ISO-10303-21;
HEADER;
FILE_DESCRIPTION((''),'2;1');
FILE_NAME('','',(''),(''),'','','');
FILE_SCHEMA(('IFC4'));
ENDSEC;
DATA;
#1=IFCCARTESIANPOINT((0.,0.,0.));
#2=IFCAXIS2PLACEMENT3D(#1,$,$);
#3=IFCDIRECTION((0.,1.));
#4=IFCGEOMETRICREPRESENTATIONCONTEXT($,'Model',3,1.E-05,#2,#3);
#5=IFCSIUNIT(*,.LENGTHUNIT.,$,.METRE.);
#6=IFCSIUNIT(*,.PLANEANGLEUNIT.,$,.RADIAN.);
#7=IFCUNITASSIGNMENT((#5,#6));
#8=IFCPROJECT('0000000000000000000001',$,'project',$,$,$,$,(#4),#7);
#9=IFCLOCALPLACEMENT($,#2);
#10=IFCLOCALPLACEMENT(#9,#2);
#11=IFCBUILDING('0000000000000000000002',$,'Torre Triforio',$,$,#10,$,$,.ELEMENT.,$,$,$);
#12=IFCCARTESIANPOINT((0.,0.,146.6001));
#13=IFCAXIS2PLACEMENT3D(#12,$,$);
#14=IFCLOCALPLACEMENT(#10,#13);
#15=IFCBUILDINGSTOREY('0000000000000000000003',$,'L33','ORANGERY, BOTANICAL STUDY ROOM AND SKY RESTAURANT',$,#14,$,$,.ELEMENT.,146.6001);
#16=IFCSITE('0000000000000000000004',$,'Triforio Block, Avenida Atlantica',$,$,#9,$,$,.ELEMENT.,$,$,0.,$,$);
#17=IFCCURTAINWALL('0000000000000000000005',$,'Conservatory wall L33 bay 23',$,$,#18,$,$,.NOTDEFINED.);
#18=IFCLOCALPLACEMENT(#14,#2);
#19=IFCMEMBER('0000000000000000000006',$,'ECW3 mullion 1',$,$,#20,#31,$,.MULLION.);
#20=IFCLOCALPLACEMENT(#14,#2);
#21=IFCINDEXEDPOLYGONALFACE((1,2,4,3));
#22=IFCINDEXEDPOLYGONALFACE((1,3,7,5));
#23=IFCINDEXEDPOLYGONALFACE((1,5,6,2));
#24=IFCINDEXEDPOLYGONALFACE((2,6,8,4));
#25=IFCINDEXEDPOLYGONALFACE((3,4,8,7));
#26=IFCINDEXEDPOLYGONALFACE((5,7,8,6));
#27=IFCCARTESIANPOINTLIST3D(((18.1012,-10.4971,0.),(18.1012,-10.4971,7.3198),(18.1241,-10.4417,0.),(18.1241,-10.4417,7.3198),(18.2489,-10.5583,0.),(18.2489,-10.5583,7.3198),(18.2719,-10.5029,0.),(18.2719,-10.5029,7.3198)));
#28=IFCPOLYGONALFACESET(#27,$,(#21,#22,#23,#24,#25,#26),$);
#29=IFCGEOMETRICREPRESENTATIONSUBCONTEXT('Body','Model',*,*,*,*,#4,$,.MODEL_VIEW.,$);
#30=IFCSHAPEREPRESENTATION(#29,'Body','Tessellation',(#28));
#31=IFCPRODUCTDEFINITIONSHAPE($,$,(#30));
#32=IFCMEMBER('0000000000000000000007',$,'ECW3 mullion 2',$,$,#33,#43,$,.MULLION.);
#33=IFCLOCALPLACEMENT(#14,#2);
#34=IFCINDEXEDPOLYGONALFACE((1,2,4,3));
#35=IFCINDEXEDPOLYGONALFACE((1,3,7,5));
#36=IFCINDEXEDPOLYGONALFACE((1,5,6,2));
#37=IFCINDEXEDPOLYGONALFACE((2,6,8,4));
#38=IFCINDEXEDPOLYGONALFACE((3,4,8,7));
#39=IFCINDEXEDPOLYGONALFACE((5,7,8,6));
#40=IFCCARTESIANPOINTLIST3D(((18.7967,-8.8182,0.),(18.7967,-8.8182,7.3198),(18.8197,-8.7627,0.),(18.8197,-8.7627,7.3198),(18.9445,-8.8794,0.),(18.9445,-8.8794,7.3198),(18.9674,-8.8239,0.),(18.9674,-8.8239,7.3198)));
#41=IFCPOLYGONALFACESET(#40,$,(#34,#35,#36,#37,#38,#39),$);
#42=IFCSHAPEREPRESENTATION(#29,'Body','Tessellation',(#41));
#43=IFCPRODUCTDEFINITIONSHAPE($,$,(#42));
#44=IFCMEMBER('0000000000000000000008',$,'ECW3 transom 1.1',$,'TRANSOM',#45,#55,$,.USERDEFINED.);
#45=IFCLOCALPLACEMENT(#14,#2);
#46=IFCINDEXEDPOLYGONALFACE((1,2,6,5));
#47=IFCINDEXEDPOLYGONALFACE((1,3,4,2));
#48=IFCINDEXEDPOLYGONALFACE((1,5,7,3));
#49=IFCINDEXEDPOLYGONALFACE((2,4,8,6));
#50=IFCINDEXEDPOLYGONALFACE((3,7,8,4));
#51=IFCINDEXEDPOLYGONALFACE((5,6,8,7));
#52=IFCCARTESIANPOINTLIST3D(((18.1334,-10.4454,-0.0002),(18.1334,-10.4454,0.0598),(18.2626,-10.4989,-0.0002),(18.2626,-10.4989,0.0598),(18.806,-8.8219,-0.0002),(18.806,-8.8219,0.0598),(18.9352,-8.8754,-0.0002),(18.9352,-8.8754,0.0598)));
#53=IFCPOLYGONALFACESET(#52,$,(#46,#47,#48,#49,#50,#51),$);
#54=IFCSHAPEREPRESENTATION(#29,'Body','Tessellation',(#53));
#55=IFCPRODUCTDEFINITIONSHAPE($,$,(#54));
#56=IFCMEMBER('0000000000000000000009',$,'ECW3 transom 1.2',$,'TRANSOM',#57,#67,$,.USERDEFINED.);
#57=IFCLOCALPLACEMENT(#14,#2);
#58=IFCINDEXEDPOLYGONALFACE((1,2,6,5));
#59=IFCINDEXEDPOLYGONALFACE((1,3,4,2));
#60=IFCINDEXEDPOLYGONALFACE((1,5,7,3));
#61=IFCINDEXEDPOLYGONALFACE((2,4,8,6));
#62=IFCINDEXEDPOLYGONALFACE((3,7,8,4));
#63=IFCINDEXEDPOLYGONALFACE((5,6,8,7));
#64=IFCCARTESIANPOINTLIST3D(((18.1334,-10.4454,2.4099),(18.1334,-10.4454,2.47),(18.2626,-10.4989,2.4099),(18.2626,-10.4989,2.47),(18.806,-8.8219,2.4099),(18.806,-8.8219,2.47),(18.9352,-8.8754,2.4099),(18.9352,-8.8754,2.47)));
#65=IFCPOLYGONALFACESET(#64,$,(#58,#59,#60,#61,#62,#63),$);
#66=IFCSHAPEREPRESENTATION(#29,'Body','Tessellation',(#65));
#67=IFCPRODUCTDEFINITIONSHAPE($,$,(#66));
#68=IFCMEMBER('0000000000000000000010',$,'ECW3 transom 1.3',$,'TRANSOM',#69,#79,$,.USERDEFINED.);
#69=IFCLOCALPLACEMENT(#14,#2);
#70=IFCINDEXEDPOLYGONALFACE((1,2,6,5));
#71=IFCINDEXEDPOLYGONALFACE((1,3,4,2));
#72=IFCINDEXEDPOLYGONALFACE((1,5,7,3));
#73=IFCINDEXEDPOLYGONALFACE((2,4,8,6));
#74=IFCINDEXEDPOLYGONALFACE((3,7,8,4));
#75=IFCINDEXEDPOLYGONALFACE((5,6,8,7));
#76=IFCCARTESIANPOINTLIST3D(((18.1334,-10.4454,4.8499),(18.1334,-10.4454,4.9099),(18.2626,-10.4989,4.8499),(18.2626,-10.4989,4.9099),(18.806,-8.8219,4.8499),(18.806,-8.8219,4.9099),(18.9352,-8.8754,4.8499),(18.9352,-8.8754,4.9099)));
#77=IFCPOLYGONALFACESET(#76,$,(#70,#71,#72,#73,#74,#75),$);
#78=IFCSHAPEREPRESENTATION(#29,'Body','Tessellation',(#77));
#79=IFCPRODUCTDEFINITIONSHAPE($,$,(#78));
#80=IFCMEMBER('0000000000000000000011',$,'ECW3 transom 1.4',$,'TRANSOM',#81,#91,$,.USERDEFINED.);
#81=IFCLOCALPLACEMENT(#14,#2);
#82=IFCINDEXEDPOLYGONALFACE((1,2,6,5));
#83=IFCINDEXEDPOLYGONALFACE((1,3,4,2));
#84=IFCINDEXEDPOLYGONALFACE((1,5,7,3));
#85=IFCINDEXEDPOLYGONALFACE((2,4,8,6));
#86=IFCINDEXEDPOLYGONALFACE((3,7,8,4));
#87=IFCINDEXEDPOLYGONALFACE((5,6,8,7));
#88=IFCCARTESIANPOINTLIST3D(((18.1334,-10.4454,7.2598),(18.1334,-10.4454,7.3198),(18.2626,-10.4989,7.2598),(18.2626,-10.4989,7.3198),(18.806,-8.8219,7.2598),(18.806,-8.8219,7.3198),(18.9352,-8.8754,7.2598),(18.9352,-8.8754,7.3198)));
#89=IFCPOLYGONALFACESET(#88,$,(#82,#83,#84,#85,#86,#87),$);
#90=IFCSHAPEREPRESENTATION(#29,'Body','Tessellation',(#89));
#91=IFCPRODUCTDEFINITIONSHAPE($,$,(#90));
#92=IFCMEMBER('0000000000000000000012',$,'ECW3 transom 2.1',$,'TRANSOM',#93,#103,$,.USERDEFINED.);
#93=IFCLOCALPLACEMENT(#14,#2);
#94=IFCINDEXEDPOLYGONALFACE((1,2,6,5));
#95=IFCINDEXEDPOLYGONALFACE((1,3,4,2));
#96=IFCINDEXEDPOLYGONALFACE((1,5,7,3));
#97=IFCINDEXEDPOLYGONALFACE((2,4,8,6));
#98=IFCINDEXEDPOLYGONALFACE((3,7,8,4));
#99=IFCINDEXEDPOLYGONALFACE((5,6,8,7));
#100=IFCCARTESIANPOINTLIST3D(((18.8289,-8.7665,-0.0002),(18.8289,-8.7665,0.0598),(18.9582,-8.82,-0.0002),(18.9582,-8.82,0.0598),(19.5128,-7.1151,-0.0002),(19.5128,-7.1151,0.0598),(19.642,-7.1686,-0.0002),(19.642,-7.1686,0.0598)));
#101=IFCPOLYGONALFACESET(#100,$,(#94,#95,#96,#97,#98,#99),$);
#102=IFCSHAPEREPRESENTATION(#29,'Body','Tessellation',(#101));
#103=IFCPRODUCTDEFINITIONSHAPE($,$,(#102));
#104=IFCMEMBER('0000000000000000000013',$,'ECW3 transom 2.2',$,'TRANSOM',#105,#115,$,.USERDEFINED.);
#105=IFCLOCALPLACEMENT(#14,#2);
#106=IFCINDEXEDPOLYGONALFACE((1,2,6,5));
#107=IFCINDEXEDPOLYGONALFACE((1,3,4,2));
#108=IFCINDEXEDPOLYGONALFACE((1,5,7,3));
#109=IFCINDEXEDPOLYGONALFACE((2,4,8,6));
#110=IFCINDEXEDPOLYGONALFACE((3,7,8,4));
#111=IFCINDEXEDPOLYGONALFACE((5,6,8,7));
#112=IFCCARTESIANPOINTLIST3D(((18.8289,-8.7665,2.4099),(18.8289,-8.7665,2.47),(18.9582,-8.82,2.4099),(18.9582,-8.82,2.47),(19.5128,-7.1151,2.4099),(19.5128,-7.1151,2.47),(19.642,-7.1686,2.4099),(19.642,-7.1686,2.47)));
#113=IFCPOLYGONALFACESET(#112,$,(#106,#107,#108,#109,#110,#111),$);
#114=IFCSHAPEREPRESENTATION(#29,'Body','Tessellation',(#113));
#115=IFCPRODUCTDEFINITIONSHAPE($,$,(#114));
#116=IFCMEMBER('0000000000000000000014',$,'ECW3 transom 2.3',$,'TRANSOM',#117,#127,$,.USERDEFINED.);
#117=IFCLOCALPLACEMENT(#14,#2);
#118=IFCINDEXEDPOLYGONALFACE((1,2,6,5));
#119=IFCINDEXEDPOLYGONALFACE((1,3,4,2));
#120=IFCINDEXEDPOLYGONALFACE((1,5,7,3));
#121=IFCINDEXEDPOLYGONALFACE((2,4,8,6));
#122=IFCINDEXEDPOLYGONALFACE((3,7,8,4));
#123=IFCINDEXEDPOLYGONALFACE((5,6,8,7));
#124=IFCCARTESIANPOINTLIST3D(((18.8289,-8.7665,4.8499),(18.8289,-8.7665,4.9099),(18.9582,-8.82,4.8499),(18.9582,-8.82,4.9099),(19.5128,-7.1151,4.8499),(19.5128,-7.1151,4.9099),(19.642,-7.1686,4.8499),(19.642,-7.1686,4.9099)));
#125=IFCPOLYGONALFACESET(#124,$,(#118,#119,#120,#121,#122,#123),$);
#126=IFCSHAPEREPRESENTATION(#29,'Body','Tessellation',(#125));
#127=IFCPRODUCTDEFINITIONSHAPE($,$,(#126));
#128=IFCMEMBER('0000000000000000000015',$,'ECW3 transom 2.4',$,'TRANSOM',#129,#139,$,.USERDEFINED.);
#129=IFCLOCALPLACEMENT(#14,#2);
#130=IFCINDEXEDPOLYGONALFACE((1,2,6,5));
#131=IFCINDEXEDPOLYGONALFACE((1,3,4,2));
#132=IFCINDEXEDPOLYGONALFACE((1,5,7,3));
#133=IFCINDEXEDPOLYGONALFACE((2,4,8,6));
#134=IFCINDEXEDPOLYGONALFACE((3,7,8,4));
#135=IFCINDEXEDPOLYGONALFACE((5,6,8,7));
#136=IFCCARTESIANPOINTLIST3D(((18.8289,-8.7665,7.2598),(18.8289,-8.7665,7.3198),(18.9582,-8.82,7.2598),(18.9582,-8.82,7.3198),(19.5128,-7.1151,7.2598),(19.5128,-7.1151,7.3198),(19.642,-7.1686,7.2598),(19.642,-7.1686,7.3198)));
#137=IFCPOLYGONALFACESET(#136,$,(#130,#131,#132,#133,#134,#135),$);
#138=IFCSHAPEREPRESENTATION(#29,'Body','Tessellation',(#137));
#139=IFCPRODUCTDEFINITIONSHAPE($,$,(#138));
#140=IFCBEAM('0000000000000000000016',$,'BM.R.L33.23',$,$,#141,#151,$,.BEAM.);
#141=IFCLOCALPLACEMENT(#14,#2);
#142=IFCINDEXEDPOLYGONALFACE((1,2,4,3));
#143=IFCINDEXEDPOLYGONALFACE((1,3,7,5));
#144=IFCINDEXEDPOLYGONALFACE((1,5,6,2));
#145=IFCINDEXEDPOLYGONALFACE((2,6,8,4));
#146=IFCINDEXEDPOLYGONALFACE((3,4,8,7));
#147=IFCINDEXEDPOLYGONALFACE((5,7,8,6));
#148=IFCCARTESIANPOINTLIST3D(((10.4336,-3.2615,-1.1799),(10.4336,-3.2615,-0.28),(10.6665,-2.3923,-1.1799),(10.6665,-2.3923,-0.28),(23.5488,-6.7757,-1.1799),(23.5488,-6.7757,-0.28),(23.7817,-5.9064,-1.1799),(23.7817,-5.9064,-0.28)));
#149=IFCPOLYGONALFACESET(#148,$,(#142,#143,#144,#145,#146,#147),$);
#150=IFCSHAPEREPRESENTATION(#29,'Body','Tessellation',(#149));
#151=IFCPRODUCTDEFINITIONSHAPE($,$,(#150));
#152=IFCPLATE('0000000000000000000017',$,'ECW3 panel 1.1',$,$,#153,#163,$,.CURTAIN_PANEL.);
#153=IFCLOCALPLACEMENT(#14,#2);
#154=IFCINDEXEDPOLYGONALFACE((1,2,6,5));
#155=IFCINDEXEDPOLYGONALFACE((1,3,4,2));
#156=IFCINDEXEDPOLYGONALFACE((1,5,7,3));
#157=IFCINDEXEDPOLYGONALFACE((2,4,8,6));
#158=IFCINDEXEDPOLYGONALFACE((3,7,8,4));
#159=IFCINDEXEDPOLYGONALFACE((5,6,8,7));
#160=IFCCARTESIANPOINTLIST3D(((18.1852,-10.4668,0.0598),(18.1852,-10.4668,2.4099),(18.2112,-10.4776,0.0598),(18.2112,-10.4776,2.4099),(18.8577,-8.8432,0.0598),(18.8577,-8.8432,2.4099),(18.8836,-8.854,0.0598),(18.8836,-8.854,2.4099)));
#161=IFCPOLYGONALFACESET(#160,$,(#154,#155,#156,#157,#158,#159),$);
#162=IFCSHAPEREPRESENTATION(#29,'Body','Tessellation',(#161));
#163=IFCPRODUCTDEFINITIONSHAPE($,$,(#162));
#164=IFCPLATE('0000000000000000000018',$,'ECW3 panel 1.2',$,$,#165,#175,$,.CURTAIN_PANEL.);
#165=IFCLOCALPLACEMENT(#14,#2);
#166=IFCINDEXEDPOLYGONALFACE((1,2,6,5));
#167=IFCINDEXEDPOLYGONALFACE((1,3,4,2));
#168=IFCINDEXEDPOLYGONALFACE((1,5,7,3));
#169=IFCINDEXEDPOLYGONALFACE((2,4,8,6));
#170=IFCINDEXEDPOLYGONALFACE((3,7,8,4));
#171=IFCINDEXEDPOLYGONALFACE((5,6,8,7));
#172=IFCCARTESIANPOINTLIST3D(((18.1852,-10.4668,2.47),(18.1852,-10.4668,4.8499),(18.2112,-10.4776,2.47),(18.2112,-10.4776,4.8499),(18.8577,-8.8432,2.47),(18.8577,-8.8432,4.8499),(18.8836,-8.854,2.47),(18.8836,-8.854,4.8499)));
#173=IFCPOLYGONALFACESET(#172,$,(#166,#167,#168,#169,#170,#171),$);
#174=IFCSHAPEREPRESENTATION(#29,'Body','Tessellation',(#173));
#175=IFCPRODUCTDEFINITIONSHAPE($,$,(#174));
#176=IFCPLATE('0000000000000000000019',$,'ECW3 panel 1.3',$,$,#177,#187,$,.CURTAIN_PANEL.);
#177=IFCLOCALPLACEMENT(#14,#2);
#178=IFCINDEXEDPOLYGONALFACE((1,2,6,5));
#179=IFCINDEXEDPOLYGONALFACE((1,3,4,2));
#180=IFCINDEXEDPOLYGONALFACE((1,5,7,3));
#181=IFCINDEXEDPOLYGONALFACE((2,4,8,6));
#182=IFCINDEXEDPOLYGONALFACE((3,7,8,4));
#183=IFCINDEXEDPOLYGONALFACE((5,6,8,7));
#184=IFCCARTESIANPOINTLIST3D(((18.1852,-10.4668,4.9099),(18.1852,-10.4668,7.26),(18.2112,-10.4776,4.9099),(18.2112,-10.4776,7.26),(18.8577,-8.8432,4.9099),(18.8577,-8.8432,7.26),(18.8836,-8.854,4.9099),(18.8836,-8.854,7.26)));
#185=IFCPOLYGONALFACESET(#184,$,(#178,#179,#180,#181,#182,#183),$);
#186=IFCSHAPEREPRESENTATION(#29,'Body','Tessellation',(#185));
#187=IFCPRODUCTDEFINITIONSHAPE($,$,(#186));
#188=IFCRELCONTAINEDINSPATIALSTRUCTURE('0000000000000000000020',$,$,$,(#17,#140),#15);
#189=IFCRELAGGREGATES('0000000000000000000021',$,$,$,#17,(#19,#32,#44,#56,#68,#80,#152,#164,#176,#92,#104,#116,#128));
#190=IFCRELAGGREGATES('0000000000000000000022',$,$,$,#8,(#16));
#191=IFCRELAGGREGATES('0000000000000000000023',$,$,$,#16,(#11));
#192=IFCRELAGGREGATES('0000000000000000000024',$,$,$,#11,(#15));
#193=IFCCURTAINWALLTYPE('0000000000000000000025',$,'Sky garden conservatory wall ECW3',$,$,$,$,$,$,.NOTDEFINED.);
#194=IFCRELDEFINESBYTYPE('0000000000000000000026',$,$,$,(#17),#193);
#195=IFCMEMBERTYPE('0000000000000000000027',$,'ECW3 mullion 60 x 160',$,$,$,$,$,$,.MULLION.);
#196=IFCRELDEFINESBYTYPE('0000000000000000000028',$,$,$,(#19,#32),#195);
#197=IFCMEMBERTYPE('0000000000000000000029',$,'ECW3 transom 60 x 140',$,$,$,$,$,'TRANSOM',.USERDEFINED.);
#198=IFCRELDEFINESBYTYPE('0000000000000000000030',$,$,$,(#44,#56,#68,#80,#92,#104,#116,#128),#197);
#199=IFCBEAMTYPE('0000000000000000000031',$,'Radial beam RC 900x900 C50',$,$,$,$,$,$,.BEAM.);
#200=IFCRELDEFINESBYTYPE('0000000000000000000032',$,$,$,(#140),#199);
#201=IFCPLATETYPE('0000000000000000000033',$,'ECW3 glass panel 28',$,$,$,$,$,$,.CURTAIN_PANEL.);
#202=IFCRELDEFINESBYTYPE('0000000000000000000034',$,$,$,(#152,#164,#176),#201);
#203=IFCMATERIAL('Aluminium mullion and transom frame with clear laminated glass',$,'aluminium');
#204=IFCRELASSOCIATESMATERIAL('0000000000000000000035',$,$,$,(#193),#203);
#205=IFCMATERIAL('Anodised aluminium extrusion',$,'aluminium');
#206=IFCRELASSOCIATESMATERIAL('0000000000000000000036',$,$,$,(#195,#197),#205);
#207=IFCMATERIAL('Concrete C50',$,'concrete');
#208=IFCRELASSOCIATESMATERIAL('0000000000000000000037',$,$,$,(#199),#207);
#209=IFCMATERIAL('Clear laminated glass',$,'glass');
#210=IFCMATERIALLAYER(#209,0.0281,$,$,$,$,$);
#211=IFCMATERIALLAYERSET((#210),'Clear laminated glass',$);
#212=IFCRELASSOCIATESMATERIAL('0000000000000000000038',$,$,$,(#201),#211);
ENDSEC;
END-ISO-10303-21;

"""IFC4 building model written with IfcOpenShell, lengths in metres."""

from ifc_helpers import new_model, si_unit, direction, frame, origin, origin_2d, place, context, subcontext, project, spatial, rectangle, extrude, material, layer, layer_set, material_profile, profile_set, type_object, element, aggregate, save


model = new_model("IFC4")

# Units and contexts
model_context = context("Model", 3, precision=1e-05, world=origin(), true_north=direction((0.0, 1.0)))
body_context = subcontext(model_context, "Body", "Model", "MODEL_VIEW")
ifc_project = project(units=[si_unit("LENGTHUNIT", "METRE"), si_unit("PLANEANGLEUNIT", "RADIAN")], contexts=[model_context])

# Site, building, storey
site_placement = place(None, origin())
site = spatial("IfcSite", under=ifc_project, at=site_placement, Name="Triforio Block, Avenida Atlantica", CompositionType="ELEMENT", RefElevation=0.0)
building_placement = place(site_placement, origin())
building = spatial("IfcBuilding", under=site, at=building_placement, Name="Torre Triforio", CompositionType="ELEMENT")
storey_placement = place(building_placement, frame((0.0, 0.0, 146.6001)))
storey = spatial("IfcBuildingStorey", under=building, at=storey_placement, Name="L33", Description="ORANGERY, BOTANICAL STUDY ROOM AND SKY RESTAURANT", CompositionType="ELEMENT", Elevation=146.6001)

# Curtain wall, members
ifc_material_1 = material(Name="Aluminium mullion and transom frame with clear laminated glass", Category="aluminium")
curtain_wall_type = type_object("IfcCurtainWallType", Name="Sky garden conservatory wall ECW3", PredefinedType="NOTDEFINED", material=ifc_material_1)
curtain_wall_placement = place(storey_placement, origin())
curtain_wall = element("IfcCurtainWall", 1, at=curtain_wall_placement, inside=storey, type_object=curtain_wall_type, Name="Conservatory wall L33 bay 23", PredefinedType="NOTDEFINED")
ifc_material_2 = material(Name="Anodised aluminium extrusion", Category="aluminium")
ifc_material_profile_1 = material_profile(ifc_material_2, rectangle(XDim=0.1599, YDim=0.0601, at=origin_2d()), Name="ECW3 MULLION 60x160")
ifc_profile_set_1 = profile_set([ifc_material_profile_1], Name="Anodised aluminium extrusion")
member_type_1 = type_object("IfcMemberType", Name="ECW3 mullion 60 x 160", PredefinedType="MULLION", material=ifc_profile_set_1)
member_1_placement = place(storey_placement, frame((18.1865, -10.5, 0.0), z_axis=(0.0, 0.0, 1.0), x_axis=(-0.923883, 0.382675, 0.0)))
member_1 = element("IfcMember", 2, at=member_1_placement, type_object=member_type_1, Name="ECW3 mullion 1", PredefinedType="MULLION", context=body_context, shape_type="SweptSolid", body=[
    extrude(rectangle(XDim=0.1599, YDim=0.0601, at=origin_2d()), origin(), (0.0, 0.0, 1.0), 7.3198),
])
member_2_placement = place(storey_placement, frame((18.8821, -8.821, 0.0), z_axis=(0.0, 0.0, 1.0), x_axis=(-0.923883, 0.382675, 0.0)))
member_2 = element("IfcMember", 3, at=member_2_placement, type_object=member_type_1, Name="ECW3 mullion 2", PredefinedType="MULLION", context=body_context, shape_type="SweptSolid", body=[
    extrude(rectangle(XDim=0.1599, YDim=0.0601, at=origin_2d()), origin(), (0.0, 0.0, 1.0), 7.3198),
])
ifc_material_profile_2 = material_profile(ifc_material_2, rectangle(XDim=0.1399, YDim=0.0601, at=origin_2d()), Name="ECW3 TRANSOM 60x140")
ifc_profile_set_2 = profile_set([ifc_material_profile_2], Name="Anodised aluminium extrusion")
member_type_2 = type_object("IfcMemberType", Name="ECW3 transom 60 x 140", ElementType="TRANSOM", PredefinedType="USERDEFINED", material=ifc_profile_set_2)
member_3_placement = place(storey_placement, frame((18.198, -10.4722, 0.0298), z_axis=(0.38274, 0.923856, 0.0), x_axis=(-0.923856, 0.38274, 0.0)))
member_3 = element("IfcMember", 4, at=member_3_placement, type_object=member_type_2, Name="ECW3 transom 1.1", ObjectType="TRANSOM", PredefinedType="USERDEFINED", context=body_context, shape_type="SweptSolid", body=[
    extrude(rectangle(XDim=0.1399, YDim=0.0601, at=origin_2d()), origin(), (0.0, 0.0, 1.0), 1.7573),
])
member_4_placement = place(storey_placement, frame((18.198, -10.4722, 2.4399), z_axis=(0.38274, 0.923856, 0.0), x_axis=(-0.923856, 0.38274, 0.0)))
member_4 = element("IfcMember", 5, at=member_4_placement, type_object=member_type_2, Name="ECW3 transom 1.2", ObjectType="TRANSOM", PredefinedType="USERDEFINED", context=body_context, shape_type="SweptSolid", body=[
    extrude(rectangle(XDim=0.1399, YDim=0.0601, at=origin_2d()), origin(), (0.0, 0.0, 1.0), 1.7573),
])
member_5_placement = place(storey_placement, frame((18.198, -10.4722, 4.8799), z_axis=(0.38274, 0.923856, 0.0), x_axis=(-0.923856, 0.38274, 0.0)))
member_5 = element("IfcMember", 6, at=member_5_placement, type_object=member_type_2, Name="ECW3 transom 1.3", ObjectType="TRANSOM", PredefinedType="USERDEFINED", context=body_context, shape_type="SweptSolid", body=[
    extrude(rectangle(XDim=0.1399, YDim=0.0601, at=origin_2d()), origin(), (0.0, 0.0, 1.0), 1.7573),
])
member_6_placement = place(storey_placement, frame((18.198, -10.4722, 7.2898), z_axis=(0.38274, 0.923856, 0.0), x_axis=(-0.923856, 0.38274, 0.0)))
member_6 = element("IfcMember", 7, at=member_6_placement, type_object=member_type_2, Name="ECW3 transom 1.4", ObjectType="TRANSOM", PredefinedType="USERDEFINED", context=body_context, shape_type="SweptSolid", body=[
    extrude(rectangle(XDim=0.1399, YDim=0.0601, at=origin_2d()), origin(), (0.0, 0.0, 1.0), 1.7573),
])
member_7_placement = place(storey_placement, frame((18.8936, -8.7932, 0.0298), z_axis=(0.382597, 0.923915, 0.0), x_axis=(-0.923915, 0.382597, 0.0)))
member_7 = element("IfcMember", 8, at=member_7_placement, type_object=member_type_2, Name="ECW3 transom 2.1", ObjectType="TRANSOM", PredefinedType="USERDEFINED", context=body_context, shape_type="SweptSolid", body=[
    extrude(rectangle(XDim=0.1399, YDim=0.0601, at=origin_2d()), origin(), (0.0, 0.0, 1.0), 1.7874),
])
member_8_placement = place(storey_placement, frame((18.8936, -8.7932, 2.4399), z_axis=(0.382597, 0.923915, 0.0), x_axis=(-0.923915, 0.382597, 0.0)))
member_8 = element("IfcMember", 9, at=member_8_placement, type_object=member_type_2, Name="ECW3 transom 2.2", ObjectType="TRANSOM", PredefinedType="USERDEFINED", context=body_context, shape_type="SweptSolid", body=[
    extrude(rectangle(XDim=0.1399, YDim=0.0601, at=origin_2d()), origin(), (0.0, 0.0, 1.0), 1.7874),
])
member_9_placement = place(storey_placement, frame((18.8936, -8.7932, 4.8799), z_axis=(0.382597, 0.923915, 0.0), x_axis=(-0.923915, 0.382597, 0.0)))
member_9 = element("IfcMember", 10, at=member_9_placement, type_object=member_type_2, Name="ECW3 transom 2.3", ObjectType="TRANSOM", PredefinedType="USERDEFINED", context=body_context, shape_type="SweptSolid", body=[
    extrude(rectangle(XDim=0.1399, YDim=0.0601, at=origin_2d()), origin(), (0.0, 0.0, 1.0), 1.7874),
])
member_10_placement = place(storey_placement, frame((18.8936, -8.7932, 7.2898), z_axis=(0.382597, 0.923915, 0.0), x_axis=(-0.923915, 0.382597, 0.0)))
member_10 = element("IfcMember", 11, at=member_10_placement, type_object=member_type_2, Name="ECW3 transom 2.4", ObjectType="TRANSOM", PredefinedType="USERDEFINED", context=body_context, shape_type="SweptSolid", body=[
    extrude(rectangle(XDim=0.1399, YDim=0.0601, at=origin_2d()), origin(), (0.0, 0.0, 1.0), 1.7874),
])

# Beam
ifc_material_3 = material(Name="Concrete C50", Category="concrete")
ifc_material_profile_3 = material_profile(ifc_material_3, rectangle(XDim=0.8999, YDim=0.8999, at=origin_2d()), Name="RC 900x900")
ifc_profile_set_3 = profile_set([ifc_material_profile_3], Name="Concrete C50")
beam_type = type_object("IfcBeamType", Name="Radial beam RC 900x900 C50", PredefinedType="BEAM", material=ifc_profile_set_3)
beam_placement = place(storey_placement, frame((10.55, -2.8269, -0.73), z_axis=(0.965927, -0.258815, 0.0), x_axis=(0.258815, 0.965927, 0.0)))
element("IfcBeam", 12, at=beam_placement, inside=storey, type_object=beam_type, Name="BM.R.L33.23", PredefinedType="BEAM", context=body_context, shape_type="SweptSolid", body=[
    extrude(rectangle(XDim=0.8999, YDim=0.8999, at=origin_2d()), origin(), (0.0, 0.0, 1.0), 13.5779),
])

# Plates
ifc_material_4 = material(Name="Clear laminated glass", Category="glass")
ifc_layer_1 = layer(ifc_material_4, 0.0281)
ifc_layer_set_1 = layer_set([ifc_layer_1], Name="Clear laminated glass")
plate_type = type_object("IfcPlateType", Name="ECW3 glass panel 28", PredefinedType="CURTAIN_PANEL", material=ifc_layer_set_1)
plate_1_placement = place(storey_placement, frame((18.5344, -9.6604, 0.0598), z_axis=(0.0, 0.0, 1.0), x_axis=(0.382675, 0.923883, 0.0)))
plate_1 = element("IfcPlate", 13, at=plate_1_placement, type_object=plate_type, Name="ECW3 panel 1.1", PredefinedType="CURTAIN_PANEL", context=body_context, shape_type="SweptSolid", body=[
    extrude(rectangle(XDim=1.7573, YDim=0.0281, at=origin_2d()), origin(), (0.0, 0.0, 1.0), 2.3501),
])
plate_2_placement = place(storey_placement, frame((18.5344, -9.6604, 2.47), z_axis=(0.0, 0.0, 1.0), x_axis=(0.382675, 0.923883, 0.0)))
plate_2 = element("IfcPlate", 14, at=plate_2_placement, type_object=plate_type, Name="ECW3 panel 1.2", PredefinedType="CURTAIN_PANEL", context=body_context, shape_type="SweptSolid", body=[
    extrude(rectangle(XDim=1.7573, YDim=0.0281, at=origin_2d()), origin(), (0.0, 0.0, 1.0), 2.3799),
])
plate_3_placement = place(storey_placement, frame((18.5344, -9.6604, 4.9099), z_axis=(0.0, 0.0, 1.0), x_axis=(0.382675, 0.923883, 0.0)))
plate_3 = element("IfcPlate", 15, at=plate_3_placement, type_object=plate_type, Name="ECW3 panel 1.3", PredefinedType="CURTAIN_PANEL", context=body_context, shape_type="SweptSolid", body=[
    extrude(rectangle(XDim=1.7573, YDim=0.0281, at=origin_2d()), origin(), (0.0, 0.0, 1.0), 2.3501),
])
aggregate(curtain_wall, [member_1, member_2, member_3, member_4, member_5, member_6, plate_1, plate_2, plate_3, member_7, member_8, member_9, member_10])

save(model, "model.ifc")
